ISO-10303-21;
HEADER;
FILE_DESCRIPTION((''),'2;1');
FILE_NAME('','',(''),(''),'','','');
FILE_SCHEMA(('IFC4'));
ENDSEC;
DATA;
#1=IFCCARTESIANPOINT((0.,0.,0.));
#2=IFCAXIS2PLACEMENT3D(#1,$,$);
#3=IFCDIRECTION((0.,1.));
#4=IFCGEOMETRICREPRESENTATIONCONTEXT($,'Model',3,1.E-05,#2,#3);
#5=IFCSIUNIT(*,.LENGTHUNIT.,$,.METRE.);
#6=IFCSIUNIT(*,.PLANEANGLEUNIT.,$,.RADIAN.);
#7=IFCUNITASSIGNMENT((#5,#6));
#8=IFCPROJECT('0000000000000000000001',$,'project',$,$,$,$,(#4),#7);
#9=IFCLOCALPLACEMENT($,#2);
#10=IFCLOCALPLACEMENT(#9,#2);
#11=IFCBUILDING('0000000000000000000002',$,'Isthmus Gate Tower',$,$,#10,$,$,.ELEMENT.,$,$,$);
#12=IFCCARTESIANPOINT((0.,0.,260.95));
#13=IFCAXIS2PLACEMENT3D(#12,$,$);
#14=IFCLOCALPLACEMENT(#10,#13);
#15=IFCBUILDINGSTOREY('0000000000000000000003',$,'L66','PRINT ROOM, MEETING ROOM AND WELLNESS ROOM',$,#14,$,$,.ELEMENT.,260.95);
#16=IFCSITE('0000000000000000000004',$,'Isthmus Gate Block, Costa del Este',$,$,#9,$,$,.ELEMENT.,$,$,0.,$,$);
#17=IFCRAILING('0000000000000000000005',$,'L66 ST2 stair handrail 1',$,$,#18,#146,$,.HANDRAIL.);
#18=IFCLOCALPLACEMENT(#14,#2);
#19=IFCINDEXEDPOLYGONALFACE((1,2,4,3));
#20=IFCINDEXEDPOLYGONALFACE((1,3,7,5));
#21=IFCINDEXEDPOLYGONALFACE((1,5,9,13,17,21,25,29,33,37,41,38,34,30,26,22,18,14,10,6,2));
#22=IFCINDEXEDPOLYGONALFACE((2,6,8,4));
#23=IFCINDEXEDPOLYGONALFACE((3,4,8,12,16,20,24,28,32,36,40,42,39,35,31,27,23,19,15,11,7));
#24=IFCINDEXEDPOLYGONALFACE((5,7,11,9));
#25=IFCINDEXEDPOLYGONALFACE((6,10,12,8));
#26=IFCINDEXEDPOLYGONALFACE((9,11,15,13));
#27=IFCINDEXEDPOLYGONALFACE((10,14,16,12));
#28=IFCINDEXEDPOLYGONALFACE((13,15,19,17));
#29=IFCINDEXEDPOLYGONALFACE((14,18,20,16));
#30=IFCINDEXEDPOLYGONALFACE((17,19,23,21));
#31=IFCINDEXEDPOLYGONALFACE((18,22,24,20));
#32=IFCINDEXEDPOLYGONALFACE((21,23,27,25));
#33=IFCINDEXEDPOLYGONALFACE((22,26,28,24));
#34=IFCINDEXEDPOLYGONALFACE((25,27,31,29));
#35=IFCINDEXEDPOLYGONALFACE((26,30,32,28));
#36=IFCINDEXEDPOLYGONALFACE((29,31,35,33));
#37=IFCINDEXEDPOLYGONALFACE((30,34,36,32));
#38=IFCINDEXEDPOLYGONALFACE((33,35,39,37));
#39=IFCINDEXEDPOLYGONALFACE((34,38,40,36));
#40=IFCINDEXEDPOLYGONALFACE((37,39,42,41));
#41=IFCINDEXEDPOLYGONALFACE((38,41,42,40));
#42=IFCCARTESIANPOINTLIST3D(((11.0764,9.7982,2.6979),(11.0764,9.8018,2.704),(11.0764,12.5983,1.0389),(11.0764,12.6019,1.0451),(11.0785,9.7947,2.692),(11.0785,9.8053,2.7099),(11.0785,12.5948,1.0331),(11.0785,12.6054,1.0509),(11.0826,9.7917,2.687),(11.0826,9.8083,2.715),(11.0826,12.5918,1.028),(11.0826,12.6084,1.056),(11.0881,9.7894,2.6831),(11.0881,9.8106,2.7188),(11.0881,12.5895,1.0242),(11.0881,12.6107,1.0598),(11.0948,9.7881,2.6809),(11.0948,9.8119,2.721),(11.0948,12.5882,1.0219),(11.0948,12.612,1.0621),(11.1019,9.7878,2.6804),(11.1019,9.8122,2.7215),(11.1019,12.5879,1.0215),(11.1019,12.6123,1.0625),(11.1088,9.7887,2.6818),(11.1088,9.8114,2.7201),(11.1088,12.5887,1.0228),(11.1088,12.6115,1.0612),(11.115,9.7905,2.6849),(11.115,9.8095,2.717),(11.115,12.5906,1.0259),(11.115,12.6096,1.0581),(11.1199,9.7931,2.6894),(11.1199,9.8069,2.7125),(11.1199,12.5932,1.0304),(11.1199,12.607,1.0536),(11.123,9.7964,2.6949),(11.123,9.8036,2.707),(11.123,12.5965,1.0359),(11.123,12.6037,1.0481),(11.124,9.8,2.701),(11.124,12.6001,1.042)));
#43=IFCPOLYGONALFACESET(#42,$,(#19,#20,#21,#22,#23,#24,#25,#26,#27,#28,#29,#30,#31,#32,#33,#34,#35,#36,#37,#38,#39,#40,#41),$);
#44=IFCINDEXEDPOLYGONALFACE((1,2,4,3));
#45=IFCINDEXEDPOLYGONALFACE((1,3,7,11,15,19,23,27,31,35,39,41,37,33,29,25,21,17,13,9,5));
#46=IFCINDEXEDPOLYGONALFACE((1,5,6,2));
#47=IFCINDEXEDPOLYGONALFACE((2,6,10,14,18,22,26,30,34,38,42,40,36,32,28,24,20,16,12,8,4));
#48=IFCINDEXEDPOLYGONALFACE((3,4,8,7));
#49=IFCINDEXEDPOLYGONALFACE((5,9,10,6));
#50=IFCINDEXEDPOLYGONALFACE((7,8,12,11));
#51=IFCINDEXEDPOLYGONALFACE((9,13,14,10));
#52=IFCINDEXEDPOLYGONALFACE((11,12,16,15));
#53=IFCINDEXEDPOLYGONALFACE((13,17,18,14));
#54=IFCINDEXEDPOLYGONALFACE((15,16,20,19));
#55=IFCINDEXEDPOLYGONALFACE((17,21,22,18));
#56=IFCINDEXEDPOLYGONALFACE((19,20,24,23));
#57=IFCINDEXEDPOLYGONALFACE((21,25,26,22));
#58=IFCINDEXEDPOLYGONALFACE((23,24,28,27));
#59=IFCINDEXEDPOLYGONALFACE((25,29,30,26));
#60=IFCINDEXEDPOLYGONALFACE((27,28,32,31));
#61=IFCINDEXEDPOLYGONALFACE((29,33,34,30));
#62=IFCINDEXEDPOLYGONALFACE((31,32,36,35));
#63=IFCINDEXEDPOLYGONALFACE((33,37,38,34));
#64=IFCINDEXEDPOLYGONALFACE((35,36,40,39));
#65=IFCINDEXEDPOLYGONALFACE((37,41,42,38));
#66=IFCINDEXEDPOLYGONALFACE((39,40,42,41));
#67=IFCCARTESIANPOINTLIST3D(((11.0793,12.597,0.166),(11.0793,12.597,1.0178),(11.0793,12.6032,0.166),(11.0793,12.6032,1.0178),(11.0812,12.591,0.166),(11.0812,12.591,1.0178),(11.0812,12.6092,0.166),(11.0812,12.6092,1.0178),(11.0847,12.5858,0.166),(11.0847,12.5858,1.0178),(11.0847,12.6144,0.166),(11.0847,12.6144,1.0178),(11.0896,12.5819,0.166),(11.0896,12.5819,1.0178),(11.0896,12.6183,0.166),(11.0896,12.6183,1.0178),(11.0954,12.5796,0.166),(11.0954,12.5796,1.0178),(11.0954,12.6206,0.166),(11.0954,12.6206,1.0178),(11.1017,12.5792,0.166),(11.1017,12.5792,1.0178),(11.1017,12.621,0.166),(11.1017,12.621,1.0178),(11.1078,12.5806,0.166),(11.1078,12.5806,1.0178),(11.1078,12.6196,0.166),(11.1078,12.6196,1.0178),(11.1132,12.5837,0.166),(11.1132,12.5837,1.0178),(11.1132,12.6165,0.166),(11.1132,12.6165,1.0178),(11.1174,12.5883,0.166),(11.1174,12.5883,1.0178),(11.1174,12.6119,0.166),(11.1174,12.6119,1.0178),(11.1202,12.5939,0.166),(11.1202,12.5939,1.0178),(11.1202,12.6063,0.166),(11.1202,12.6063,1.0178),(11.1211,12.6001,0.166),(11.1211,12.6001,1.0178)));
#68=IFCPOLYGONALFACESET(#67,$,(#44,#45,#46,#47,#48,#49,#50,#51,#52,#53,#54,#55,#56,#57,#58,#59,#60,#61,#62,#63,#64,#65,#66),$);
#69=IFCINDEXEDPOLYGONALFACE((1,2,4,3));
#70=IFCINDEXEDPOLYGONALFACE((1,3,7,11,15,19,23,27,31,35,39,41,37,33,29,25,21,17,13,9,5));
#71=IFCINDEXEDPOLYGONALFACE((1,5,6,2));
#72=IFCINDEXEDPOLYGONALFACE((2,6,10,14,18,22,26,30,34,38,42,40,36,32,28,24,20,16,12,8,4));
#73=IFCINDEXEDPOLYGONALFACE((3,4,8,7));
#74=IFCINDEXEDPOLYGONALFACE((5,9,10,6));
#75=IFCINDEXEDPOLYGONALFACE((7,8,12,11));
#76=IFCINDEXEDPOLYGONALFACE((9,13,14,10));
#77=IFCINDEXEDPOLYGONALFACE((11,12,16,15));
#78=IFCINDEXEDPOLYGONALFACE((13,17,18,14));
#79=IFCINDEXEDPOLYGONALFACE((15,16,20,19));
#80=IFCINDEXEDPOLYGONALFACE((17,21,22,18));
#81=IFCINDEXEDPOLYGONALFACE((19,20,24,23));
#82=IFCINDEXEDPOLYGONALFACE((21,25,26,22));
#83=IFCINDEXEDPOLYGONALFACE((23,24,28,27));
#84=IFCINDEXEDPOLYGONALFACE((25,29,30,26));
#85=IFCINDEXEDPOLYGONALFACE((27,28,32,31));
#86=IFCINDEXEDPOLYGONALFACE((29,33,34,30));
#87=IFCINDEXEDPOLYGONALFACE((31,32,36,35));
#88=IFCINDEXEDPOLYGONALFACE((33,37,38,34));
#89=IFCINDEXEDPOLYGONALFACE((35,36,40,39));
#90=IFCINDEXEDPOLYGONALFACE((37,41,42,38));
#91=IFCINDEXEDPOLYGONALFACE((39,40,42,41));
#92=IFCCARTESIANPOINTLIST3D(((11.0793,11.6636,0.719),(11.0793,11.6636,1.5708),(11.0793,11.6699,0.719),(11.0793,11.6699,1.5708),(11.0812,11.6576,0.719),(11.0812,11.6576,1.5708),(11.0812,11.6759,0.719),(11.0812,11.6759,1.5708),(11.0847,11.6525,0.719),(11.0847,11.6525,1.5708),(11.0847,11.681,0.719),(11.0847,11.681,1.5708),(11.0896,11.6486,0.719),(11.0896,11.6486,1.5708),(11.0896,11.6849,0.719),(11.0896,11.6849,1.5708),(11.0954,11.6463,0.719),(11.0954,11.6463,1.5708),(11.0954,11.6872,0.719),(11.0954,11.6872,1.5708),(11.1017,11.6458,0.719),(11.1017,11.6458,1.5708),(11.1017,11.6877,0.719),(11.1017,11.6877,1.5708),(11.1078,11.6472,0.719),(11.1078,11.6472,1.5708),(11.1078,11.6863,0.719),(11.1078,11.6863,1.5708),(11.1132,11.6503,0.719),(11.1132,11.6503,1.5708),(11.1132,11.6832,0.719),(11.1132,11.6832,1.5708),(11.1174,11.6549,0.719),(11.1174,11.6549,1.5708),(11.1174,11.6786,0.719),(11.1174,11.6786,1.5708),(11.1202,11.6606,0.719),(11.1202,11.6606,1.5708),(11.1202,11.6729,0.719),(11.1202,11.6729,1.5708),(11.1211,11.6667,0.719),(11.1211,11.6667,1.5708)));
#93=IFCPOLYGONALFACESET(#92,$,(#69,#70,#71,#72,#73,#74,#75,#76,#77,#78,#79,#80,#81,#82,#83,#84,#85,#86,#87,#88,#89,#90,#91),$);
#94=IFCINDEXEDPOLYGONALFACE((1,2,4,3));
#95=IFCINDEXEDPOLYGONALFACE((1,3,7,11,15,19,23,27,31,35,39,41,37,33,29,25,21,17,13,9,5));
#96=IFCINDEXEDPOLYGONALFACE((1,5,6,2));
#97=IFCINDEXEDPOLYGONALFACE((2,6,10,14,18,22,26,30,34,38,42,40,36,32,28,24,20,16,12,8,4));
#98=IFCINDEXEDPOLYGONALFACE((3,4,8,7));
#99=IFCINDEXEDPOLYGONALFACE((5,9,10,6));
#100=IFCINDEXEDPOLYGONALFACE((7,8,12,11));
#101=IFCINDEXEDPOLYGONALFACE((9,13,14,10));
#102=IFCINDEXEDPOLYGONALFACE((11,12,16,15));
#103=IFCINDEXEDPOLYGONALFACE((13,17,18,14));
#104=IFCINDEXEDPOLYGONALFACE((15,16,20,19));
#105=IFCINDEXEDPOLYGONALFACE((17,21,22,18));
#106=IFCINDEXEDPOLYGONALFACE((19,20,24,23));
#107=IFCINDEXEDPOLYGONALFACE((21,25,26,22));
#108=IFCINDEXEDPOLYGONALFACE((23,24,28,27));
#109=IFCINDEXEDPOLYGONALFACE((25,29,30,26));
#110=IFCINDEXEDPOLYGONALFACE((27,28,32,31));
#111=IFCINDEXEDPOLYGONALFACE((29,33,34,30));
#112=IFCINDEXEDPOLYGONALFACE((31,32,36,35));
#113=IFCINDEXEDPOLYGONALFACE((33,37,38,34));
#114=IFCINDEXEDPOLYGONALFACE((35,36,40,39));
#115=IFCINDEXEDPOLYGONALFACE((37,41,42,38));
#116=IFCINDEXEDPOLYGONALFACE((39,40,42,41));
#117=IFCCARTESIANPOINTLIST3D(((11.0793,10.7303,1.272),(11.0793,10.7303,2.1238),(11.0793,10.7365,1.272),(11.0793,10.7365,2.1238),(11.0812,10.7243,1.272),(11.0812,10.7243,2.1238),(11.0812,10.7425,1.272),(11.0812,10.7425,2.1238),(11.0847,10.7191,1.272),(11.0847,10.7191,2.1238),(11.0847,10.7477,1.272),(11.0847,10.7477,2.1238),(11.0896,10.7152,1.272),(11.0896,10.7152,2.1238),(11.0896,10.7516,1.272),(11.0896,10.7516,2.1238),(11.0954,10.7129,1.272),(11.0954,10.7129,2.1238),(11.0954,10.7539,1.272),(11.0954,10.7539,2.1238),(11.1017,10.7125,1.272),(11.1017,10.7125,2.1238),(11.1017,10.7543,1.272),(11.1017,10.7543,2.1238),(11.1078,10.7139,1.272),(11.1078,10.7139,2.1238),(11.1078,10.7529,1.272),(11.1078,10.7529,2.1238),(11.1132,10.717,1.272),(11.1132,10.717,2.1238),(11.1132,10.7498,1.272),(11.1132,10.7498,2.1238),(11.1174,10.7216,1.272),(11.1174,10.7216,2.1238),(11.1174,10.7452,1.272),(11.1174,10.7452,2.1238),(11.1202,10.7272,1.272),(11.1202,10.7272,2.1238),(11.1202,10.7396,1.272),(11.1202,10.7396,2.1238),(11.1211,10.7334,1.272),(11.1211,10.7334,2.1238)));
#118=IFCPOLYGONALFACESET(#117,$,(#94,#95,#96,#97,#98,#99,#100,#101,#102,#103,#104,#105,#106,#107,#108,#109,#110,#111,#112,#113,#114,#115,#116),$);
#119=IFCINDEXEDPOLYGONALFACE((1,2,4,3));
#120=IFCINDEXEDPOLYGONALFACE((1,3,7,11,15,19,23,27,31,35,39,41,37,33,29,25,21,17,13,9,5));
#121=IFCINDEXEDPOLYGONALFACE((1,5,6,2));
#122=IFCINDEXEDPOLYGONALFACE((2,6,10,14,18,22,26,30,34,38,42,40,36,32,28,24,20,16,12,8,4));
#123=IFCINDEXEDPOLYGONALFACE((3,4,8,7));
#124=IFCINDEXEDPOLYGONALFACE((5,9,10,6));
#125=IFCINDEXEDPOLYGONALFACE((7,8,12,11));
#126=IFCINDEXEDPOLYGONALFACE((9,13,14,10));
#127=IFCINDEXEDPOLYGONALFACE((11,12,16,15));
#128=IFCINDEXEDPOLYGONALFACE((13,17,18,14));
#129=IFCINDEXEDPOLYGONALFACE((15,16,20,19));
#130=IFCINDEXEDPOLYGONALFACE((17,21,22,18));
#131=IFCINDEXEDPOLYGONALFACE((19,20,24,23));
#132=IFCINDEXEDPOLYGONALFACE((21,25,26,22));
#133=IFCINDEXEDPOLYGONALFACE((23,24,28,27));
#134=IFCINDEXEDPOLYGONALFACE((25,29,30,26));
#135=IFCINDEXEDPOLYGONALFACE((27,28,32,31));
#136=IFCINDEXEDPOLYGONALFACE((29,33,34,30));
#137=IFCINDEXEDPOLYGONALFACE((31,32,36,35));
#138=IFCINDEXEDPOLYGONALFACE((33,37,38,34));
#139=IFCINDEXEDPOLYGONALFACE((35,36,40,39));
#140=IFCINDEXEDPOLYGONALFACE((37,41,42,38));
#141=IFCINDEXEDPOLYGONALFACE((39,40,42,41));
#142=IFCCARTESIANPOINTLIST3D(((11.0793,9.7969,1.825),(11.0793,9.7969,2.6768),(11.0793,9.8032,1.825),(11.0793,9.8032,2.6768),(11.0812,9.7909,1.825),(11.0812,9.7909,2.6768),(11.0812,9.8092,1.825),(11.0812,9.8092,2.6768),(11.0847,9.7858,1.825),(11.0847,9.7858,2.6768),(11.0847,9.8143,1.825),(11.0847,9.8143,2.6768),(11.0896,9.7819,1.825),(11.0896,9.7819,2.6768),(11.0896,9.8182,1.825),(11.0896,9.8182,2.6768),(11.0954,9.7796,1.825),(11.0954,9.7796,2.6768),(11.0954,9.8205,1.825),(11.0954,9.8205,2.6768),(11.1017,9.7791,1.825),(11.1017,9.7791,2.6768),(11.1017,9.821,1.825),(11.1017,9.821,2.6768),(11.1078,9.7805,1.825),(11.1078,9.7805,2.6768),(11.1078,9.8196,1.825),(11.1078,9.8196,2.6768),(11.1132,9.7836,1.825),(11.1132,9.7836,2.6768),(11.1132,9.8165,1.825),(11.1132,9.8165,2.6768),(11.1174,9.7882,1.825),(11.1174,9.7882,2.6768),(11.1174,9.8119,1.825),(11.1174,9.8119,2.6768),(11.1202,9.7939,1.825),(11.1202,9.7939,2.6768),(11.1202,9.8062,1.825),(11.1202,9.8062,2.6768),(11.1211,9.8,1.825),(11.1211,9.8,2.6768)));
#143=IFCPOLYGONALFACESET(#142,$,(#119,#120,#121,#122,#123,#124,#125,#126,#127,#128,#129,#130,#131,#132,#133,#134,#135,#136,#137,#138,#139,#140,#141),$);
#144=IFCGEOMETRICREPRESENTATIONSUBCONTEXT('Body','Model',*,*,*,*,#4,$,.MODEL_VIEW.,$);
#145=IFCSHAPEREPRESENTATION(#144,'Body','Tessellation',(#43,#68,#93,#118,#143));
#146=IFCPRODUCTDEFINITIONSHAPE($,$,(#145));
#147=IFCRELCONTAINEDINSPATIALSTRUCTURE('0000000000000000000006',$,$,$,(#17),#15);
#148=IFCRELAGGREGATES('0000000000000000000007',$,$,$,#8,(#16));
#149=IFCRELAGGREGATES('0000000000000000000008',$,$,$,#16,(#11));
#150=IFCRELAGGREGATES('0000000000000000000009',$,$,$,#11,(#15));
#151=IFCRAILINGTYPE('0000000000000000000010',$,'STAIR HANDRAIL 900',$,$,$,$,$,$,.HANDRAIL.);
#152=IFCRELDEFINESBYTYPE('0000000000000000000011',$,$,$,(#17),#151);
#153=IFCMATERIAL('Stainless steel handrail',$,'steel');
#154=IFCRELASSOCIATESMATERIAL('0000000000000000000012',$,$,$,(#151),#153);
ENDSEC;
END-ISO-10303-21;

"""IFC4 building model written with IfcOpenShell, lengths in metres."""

from ifc_helpers import new_model, si_unit, direction, frame, origin, origin_2d, place, context, subcontext, project, spatial, circle, extrude, material, type_object, element, save


model = new_model("IFC4")

# Units and contexts
model_context = context("Model", 3, precision=1e-05, world=origin(), true_north=direction((0.0, 1.0)))
body_context = subcontext(model_context, "Body", "Model", "MODEL_VIEW")
ifc_project = project(units=[si_unit("LENGTHUNIT", "METRE"), si_unit("PLANEANGLEUNIT", "RADIAN")], contexts=[model_context])

# Site, building, storey
site_placement = place(None, origin())
site = spatial("IfcSite", under=ifc_project, at=site_placement, Name="Isthmus Gate Block, Costa del Este", CompositionType="ELEMENT", RefElevation=0.0)
building_placement = place(site_placement, origin())
building = spatial("IfcBuilding", under=site, at=building_placement, Name="Isthmus Gate Tower", CompositionType="ELEMENT")
storey_placement = place(building_placement, frame((0.0, 0.0, 260.95)))
storey = spatial("IfcBuildingStorey", under=building, at=storey_placement, Name="L66", Description="PRINT ROOM, MEETING ROOM AND WELLNESS ROOM", CompositionType="ELEMENT", Elevation=260.95)

# Railing
ifc_material_1 = material(Name="Stainless steel handrail", Category="steel")
railing_type_1 = type_object("IfcRailingType", Name="STAIR HANDRAIL 900", PredefinedType="HANDRAIL", material=ifc_material_1)
railing_1_placement = place(storey_placement, frame((11.1001, 12.6001, 0.166)))
element("IfcRailing", 1, at=railing_1_placement, inside=storey, type_object=railing_type_1, Name="L66 ST2 stair handrail 1", PredefinedType="HANDRAIL", context=body_context, shape_type="SweptSolid", body=[
    extrude(circle(Radius=0.0239, at=origin_2d()), frame((0.0, 0.0, 0.876), z_axis=(0.0, -0.860339, 0.509722), x_axis=(1.0, 0.0, 0.0)), (0.0, 0.0, 1.0), 3.2546),
    extrude(circle(Radius=0.021, at=origin_2d()), origin(), (0.0, 0.0, 1.0), 0.8518),
    extrude(circle(Radius=0.021, at=origin_2d()), frame((0.0, -0.9333, 0.553)), (0.0, 0.0, 1.0), 0.8518),
    extrude(circle(Radius=0.021, at=origin_2d()), frame((0.0, -1.8667, 1.106)), (0.0, 0.0, 1.0), 0.8518),
    extrude(circle(Radius=0.021, at=origin_2d()), frame((0.0, -2.8, 1.6589)), (0.0, 0.0, 1.0), 0.8518),
])

save(model, "model.ifc")
